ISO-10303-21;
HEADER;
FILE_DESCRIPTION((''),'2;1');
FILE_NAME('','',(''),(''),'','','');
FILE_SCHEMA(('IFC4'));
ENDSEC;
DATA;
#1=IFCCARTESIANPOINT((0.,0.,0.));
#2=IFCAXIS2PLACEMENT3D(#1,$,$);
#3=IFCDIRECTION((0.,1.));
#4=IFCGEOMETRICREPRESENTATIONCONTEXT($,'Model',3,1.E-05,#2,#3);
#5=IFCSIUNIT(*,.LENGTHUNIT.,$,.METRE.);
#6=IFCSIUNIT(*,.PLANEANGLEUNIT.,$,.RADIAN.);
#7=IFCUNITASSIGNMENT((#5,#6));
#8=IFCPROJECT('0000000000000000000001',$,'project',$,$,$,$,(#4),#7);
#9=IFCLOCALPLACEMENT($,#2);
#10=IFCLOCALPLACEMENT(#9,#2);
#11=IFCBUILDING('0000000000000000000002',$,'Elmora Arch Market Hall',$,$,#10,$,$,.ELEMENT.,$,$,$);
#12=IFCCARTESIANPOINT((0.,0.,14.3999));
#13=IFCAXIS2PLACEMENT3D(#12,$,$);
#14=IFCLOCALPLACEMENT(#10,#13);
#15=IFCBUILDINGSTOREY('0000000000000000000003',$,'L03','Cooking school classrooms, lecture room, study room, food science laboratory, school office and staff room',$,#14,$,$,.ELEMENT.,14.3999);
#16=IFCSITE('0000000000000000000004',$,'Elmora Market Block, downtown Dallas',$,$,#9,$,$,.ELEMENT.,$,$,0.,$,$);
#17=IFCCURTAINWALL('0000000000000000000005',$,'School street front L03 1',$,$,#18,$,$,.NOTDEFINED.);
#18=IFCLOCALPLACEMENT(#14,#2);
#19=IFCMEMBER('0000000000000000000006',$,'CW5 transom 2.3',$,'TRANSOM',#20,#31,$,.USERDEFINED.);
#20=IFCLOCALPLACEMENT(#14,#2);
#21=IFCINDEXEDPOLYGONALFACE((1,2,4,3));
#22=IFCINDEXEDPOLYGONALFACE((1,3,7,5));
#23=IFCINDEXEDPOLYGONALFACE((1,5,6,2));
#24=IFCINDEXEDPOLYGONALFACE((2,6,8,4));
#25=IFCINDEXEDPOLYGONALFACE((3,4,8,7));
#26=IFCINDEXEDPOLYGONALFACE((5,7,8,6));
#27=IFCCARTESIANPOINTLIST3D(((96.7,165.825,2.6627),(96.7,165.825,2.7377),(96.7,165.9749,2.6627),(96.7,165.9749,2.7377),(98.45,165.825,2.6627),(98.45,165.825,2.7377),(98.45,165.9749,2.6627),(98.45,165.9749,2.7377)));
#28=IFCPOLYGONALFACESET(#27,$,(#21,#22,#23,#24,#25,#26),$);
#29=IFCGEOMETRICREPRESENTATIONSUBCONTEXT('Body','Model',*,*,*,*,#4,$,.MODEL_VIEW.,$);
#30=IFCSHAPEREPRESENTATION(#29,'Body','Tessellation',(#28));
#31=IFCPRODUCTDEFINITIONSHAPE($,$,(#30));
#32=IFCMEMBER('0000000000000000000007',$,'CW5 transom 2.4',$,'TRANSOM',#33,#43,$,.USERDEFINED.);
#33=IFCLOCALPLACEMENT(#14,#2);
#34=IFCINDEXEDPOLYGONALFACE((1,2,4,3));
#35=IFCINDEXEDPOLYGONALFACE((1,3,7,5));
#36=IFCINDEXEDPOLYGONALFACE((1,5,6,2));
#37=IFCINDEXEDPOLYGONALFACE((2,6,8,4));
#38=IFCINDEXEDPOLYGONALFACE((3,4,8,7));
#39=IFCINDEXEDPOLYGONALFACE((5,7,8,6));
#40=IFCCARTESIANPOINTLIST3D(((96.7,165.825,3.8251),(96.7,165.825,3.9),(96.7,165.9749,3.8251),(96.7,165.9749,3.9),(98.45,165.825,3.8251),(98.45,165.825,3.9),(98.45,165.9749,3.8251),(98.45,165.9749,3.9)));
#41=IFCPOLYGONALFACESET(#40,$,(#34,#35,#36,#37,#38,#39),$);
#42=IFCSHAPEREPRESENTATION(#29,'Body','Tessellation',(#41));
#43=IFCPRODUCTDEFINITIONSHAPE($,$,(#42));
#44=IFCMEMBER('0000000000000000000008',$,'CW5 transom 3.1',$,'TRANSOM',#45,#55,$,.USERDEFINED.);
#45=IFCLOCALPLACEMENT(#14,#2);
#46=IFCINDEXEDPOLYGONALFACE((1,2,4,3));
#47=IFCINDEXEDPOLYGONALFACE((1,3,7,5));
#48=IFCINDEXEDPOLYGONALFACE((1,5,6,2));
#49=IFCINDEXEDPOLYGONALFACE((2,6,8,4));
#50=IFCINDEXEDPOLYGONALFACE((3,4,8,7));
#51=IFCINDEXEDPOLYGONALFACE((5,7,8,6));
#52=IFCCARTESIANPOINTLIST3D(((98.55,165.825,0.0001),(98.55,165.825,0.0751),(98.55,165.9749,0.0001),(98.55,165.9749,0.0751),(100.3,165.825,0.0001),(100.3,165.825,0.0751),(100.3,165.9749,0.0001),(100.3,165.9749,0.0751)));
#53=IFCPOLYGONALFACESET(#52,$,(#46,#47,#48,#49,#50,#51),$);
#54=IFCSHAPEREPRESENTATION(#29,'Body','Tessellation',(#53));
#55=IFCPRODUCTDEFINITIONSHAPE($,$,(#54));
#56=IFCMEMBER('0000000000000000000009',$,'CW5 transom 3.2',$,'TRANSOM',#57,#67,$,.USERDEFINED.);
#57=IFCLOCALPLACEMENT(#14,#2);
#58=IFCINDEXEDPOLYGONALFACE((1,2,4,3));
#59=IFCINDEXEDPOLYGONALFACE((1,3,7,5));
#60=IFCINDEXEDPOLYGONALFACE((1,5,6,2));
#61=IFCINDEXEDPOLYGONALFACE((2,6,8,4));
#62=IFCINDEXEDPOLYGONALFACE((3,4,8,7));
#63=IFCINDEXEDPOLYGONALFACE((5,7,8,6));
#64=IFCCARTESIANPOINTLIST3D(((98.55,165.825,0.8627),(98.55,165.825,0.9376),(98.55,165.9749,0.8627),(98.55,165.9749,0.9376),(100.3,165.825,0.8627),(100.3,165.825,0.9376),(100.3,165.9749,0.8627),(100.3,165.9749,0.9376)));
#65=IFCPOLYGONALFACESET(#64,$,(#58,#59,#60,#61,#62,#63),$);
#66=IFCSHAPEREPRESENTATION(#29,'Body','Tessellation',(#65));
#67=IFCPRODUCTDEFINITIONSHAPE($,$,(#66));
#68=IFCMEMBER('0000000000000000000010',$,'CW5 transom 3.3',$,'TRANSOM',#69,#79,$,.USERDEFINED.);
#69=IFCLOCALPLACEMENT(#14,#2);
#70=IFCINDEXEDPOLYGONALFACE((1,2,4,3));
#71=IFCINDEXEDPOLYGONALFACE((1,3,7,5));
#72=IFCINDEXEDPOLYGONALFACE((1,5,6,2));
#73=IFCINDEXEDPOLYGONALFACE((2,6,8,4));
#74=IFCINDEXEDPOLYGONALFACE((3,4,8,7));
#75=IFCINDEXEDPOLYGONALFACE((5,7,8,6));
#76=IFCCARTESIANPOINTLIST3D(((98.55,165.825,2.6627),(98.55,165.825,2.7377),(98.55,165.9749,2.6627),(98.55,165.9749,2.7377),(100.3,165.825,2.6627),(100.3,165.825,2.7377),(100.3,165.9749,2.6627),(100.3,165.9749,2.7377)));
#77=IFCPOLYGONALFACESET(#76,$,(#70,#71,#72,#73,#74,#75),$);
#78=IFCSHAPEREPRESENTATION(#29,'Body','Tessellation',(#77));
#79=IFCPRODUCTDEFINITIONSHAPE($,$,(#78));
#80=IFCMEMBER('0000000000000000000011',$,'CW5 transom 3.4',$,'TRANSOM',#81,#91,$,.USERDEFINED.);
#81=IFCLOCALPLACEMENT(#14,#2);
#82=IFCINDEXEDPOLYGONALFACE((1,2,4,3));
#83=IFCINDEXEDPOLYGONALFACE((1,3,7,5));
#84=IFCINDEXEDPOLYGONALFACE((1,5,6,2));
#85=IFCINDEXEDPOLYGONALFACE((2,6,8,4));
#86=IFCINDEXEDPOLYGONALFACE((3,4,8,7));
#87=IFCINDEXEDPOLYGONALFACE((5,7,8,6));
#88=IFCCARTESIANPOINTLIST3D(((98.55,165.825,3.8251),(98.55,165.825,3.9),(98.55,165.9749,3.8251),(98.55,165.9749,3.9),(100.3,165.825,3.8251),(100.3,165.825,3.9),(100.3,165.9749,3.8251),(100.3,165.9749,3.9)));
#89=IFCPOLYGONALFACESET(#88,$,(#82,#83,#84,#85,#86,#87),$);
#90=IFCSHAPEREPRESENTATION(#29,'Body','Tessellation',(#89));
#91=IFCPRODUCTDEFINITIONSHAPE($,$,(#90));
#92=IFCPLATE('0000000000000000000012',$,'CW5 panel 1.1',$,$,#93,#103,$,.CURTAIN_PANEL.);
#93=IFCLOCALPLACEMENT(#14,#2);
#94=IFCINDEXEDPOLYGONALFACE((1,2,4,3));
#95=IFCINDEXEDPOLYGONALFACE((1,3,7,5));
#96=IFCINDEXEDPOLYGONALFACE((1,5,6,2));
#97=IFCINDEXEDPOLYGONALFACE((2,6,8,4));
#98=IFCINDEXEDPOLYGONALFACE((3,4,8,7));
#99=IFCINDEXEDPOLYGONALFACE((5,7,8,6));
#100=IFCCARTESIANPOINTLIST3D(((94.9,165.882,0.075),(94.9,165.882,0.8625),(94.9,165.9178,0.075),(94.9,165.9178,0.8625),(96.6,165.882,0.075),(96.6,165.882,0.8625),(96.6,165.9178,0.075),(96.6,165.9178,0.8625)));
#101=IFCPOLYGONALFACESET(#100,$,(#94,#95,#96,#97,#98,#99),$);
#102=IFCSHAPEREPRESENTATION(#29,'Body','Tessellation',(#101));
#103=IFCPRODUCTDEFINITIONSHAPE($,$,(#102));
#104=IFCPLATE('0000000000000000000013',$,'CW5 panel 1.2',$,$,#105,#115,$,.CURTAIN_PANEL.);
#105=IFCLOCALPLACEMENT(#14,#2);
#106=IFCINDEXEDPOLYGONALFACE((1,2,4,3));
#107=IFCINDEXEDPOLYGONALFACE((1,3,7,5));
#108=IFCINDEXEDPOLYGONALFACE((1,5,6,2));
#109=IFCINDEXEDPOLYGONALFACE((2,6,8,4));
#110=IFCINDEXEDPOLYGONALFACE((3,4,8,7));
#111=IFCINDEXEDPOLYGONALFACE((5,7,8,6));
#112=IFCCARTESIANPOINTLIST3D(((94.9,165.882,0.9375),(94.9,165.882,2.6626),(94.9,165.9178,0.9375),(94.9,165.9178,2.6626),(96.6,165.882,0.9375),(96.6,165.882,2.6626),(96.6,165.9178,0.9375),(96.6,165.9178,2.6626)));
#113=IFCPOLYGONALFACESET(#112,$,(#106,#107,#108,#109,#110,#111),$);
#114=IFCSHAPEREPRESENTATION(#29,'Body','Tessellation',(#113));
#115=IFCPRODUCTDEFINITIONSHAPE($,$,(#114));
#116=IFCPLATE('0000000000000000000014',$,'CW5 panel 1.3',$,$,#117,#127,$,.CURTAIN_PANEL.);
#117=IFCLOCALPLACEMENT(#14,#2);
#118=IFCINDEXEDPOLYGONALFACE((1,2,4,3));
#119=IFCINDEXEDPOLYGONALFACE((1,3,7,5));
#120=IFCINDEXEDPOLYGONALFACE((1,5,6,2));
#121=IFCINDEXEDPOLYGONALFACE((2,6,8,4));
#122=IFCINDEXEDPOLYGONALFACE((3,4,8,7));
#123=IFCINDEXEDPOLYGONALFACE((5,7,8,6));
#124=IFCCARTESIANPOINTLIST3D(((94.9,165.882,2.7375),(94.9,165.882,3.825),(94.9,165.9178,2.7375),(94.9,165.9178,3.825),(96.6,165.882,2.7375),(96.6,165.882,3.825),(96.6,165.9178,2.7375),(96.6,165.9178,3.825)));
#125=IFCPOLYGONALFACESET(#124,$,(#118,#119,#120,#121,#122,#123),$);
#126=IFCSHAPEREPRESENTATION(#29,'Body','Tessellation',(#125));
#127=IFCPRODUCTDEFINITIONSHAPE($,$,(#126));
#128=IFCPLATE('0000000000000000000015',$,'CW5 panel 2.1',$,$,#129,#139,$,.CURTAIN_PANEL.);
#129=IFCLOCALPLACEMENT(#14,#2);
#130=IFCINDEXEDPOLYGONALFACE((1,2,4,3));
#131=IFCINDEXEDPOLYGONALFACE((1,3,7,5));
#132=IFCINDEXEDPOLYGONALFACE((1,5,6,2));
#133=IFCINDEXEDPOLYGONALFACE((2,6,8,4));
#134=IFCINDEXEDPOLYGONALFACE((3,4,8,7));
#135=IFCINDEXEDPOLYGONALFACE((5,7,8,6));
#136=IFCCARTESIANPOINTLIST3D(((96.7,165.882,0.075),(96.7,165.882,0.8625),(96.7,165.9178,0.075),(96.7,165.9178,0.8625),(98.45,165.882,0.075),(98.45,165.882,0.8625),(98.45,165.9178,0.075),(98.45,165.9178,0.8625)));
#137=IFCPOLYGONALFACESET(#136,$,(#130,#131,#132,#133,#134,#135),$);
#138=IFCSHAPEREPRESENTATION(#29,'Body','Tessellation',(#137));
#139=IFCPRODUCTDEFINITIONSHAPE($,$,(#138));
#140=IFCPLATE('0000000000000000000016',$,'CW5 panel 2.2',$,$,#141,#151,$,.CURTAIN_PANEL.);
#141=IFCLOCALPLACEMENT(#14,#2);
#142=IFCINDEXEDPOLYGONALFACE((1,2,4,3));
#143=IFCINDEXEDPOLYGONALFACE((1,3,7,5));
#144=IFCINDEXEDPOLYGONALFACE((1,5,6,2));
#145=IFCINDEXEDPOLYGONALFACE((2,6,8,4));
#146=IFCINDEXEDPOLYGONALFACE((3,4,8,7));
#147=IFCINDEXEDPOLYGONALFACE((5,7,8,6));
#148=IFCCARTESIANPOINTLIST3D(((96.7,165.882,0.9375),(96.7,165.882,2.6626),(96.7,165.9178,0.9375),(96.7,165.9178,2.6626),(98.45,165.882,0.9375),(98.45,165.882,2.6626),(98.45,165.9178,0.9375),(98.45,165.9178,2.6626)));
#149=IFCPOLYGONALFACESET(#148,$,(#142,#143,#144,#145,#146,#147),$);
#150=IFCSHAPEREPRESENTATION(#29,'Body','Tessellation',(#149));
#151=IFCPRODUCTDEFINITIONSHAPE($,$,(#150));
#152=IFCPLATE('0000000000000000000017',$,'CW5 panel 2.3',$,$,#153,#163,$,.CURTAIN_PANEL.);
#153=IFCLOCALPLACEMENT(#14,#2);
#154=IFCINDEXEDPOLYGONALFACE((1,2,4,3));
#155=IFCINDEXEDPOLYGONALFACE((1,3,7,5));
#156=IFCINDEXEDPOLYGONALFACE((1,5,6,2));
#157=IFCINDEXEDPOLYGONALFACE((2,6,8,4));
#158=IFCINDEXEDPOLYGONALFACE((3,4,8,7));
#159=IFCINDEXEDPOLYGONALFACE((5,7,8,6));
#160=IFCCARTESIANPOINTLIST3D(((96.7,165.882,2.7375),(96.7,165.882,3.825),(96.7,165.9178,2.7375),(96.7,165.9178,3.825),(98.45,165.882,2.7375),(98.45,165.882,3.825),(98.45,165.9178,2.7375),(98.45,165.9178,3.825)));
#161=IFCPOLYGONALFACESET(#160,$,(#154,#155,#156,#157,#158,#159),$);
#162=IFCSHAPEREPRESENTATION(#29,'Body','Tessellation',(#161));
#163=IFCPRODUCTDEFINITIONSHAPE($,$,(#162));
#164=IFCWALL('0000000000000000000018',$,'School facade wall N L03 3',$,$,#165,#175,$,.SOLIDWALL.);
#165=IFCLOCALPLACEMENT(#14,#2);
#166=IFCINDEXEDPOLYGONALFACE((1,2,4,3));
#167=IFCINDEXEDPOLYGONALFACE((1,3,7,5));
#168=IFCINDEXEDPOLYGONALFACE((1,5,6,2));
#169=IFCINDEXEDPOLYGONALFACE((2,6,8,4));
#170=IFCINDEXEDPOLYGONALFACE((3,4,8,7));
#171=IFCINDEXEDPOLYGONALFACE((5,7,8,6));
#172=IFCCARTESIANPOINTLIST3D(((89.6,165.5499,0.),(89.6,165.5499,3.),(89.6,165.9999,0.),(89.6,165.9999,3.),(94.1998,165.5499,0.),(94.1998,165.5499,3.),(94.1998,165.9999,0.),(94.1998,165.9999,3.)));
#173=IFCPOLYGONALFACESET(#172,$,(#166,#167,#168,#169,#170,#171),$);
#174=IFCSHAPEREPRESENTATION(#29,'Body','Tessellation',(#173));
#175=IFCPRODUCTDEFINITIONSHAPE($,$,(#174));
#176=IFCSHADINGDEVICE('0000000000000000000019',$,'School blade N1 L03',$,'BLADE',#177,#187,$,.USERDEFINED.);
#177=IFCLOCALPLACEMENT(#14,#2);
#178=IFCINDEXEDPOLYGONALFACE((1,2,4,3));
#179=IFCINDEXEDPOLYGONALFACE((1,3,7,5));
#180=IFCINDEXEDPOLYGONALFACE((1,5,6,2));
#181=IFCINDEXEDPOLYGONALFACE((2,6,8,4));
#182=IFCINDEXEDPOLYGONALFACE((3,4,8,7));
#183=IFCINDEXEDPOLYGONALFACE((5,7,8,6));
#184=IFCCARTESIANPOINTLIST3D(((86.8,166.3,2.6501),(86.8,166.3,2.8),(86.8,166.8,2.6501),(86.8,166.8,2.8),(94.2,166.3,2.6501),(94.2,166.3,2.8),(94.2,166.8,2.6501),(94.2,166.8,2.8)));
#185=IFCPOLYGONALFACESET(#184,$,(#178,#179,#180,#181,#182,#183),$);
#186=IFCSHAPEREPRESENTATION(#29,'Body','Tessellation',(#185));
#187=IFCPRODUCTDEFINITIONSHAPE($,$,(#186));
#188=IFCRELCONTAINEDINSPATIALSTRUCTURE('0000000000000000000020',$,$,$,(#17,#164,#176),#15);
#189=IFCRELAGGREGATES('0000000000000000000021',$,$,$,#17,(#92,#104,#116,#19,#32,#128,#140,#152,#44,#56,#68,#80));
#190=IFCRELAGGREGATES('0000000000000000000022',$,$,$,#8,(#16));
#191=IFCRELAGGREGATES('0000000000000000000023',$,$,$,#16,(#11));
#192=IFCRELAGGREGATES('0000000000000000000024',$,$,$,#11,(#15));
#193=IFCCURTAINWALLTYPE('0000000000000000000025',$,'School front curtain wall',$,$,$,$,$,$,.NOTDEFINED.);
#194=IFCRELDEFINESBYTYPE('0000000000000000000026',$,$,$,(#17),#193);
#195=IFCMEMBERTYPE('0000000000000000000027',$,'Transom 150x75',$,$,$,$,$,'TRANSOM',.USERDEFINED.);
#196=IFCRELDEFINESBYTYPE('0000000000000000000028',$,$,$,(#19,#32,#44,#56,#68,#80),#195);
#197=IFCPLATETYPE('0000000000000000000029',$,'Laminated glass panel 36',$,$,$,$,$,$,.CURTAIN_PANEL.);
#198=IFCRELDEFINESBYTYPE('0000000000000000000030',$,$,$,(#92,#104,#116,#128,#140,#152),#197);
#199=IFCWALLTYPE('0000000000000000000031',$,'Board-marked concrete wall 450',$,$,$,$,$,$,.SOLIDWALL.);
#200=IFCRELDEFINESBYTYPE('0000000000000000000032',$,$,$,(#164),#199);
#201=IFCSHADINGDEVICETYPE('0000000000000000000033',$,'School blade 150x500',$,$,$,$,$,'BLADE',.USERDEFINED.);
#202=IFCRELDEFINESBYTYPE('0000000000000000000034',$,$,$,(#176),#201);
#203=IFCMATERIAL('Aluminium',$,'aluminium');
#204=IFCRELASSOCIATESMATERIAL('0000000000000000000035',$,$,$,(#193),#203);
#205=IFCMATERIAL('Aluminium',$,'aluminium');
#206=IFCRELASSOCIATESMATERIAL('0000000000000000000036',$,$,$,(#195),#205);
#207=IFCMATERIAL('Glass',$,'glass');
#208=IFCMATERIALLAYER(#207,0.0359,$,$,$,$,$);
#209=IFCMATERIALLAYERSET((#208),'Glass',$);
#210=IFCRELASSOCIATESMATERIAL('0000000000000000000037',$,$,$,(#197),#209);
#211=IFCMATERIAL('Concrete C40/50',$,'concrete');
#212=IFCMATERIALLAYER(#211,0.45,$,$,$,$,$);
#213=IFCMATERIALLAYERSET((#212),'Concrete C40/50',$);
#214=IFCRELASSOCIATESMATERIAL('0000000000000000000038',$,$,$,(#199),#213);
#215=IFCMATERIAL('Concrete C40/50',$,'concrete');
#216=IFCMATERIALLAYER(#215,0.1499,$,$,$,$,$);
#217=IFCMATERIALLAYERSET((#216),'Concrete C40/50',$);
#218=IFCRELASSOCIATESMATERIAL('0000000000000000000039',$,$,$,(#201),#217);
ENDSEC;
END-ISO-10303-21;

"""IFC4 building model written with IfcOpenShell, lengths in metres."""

from ifc_helpers import new_model, si_unit, direction, frame, frame_2d, origin, origin_2d, place, context, subcontext, project, spatial, rectangle, extrude, material, layer, layer_set, material_profile, profile_set, type_object, element, aggregate, save


model = new_model("IFC4")

# Units and contexts
model_context = context("Model", 3, precision=1e-05, world=origin(), true_north=direction((0.0, 1.0)))
body_context = subcontext(model_context, "Body", "Model", "MODEL_VIEW")
ifc_project = project(units=[si_unit("LENGTHUNIT", "METRE"), si_unit("PLANEANGLEUNIT", "RADIAN")], contexts=[model_context])

# Site, building, storey
site_placement = place(None, origin())
site = spatial("IfcSite", under=ifc_project, at=site_placement, Name="Elmora Market Block, downtown Dallas", CompositionType="ELEMENT", RefElevation=0.0)
building_placement = place(site_placement, origin())
building = spatial("IfcBuilding", under=site, at=building_placement, Name="Elmora Arch Market Hall", CompositionType="ELEMENT")
storey_placement = place(building_placement, frame((0.0, 0.0, 14.3999)))
storey = spatial("IfcBuildingStorey", under=building, at=storey_placement, Name="L03", Description="Cooking school classrooms, lecture room, study room, food science laboratory, school office and staff room", CompositionType="ELEMENT", Elevation=14.3999)

# Curtain wall
ifc_material_1 = material(Name="Aluminium", Category="aluminium")
curtain_wall_type = type_object("IfcCurtainWallType", Name="School front curtain wall", PredefinedType="NOTDEFINED", material=ifc_material_1)
curtain_wall_placement = place(storey_placement, origin())
curtain_wall = element("IfcCurtainWall", 1, at=curtain_wall_placement, inside=storey, type_object=curtain_wall_type, Name="School street front L03 1", PredefinedType="NOTDEFINED")

# Members
ifc_material_2 = material(Name="Aluminium", Category="aluminium")
ifc_material_profile_1 = material_profile(ifc_material_2, rectangle(XDim=0.1499, YDim=0.075, at=origin_2d()), Name="AL 150x75")
ifc_profile_set_1 = profile_set([ifc_material_profile_1], Name="Aluminium")
member_type_1 = type_object("IfcMemberType", Name="Transom 150x75", ElementType="TRANSOM", PredefinedType="USERDEFINED", material=ifc_profile_set_1)
member_1_placement = place(storey_placement, frame((96.7, 165.8999, 2.7002), z_axis=(1.0, 0.0, 0.0), x_axis=(0.0, 1.0, 0.0)))
member_1 = element("IfcMember", 2, at=member_1_placement, type_object=member_type_1, Name="CW5 transom 2.3", ObjectType="TRANSOM", PredefinedType="USERDEFINED", context=body_context, shape_type="SweptSolid", body=[
    extrude(rectangle(XDim=0.1499, YDim=0.075, at=origin_2d()), origin(), (0.0, 0.0, 1.0), 1.75),
])
member_2_placement = place(storey_placement, frame((96.7, 165.8999, 3.8625), z_axis=(1.0, 0.0, 0.0), x_axis=(0.0, 1.0, 0.0)))
member_2 = element("IfcMember", 3, at=member_2_placement, type_object=member_type_1, Name="CW5 transom 2.4", ObjectType="TRANSOM", PredefinedType="USERDEFINED", context=body_context, shape_type="SweptSolid", body=[
    extrude(rectangle(XDim=0.1499, YDim=0.075, at=origin_2d()), origin(), (0.0, 0.0, 1.0), 1.75),
])
member_3_placement = place(storey_placement, frame((98.55, 165.8999, 0.0376), z_axis=(1.0, 0.0, 0.0), x_axis=(0.0, 1.0, 0.0)))
member_3 = element("IfcMember", 4, at=member_3_placement, type_object=member_type_1, Name="CW5 transom 3.1", ObjectType="TRANSOM", PredefinedType="USERDEFINED", context=body_context, shape_type="SweptSolid", body=[
    extrude(rectangle(XDim=0.1499, YDim=0.075, at=origin_2d()), origin(), (0.0, 0.0, 1.0), 1.75),
])
member_4_placement = place(storey_placement, frame((98.55, 165.8999, 0.9001), z_axis=(1.0, 0.0, 0.0), x_axis=(0.0, 1.0, 0.0)))
member_4 = element("IfcMember", 5, at=member_4_placement, type_object=member_type_1, Name="CW5 transom 3.2", ObjectType="TRANSOM", PredefinedType="USERDEFINED", context=body_context, shape_type="SweptSolid", body=[
    extrude(rectangle(XDim=0.1499, YDim=0.075, at=origin_2d()), origin(), (0.0, 0.0, 1.0), 1.75),
])
member_5_placement = place(storey_placement, frame((98.55, 165.8999, 2.7002), z_axis=(1.0, 0.0, 0.0), x_axis=(0.0, 1.0, 0.0)))
member_5 = element("IfcMember", 6, at=member_5_placement, type_object=member_type_1, Name="CW5 transom 3.3", ObjectType="TRANSOM", PredefinedType="USERDEFINED", context=body_context, shape_type="SweptSolid", body=[
    extrude(rectangle(XDim=0.1499, YDim=0.075, at=origin_2d()), origin(), (0.0, 0.0, 1.0), 1.75),
])
member_6_placement = place(storey_placement, frame((98.55, 165.8999, 3.8625), z_axis=(1.0, 0.0, 0.0), x_axis=(0.0, 1.0, 0.0)))
member_6 = element("IfcMember", 7, at=member_6_placement, type_object=member_type_1, Name="CW5 transom 3.4", ObjectType="TRANSOM", PredefinedType="USERDEFINED", context=body_context, shape_type="SweptSolid", body=[
    extrude(rectangle(XDim=0.1499, YDim=0.075, at=origin_2d()), origin(), (0.0, 0.0, 1.0), 1.75),
])

# Plates
ifc_material_3 = material(Name="Glass", Category="glass")
ifc_layer_1 = layer(ifc_material_3, 0.0359)
ifc_layer_set_1 = layer_set([ifc_layer_1], Name="Glass")
plate_type = type_object("IfcPlateType", Name="Laminated glass panel 36", PredefinedType="CURTAIN_PANEL", material=ifc_layer_set_1)
plate_1_placement = place(storey_placement, frame((95.75, 165.8999, 0.075), z_axis=(0.0, 0.0, 1.0), x_axis=(1.0, 0.0, 0.0)))
plate_1 = element("IfcPlate", 8, at=plate_1_placement, type_object=plate_type, Name="CW5 panel 1.1", PredefinedType="CURTAIN_PANEL", context=body_context, shape_type="SweptSolid", body=[
    extrude(rectangle(XDim=1.7, YDim=0.0359, at=origin_2d()), origin(), (0.0, 0.0, 1.0), 0.7876),
])
plate_2_placement = place(storey_placement, frame((95.75, 165.8999, 0.9375), z_axis=(0.0, 0.0, 1.0), x_axis=(1.0, 0.0, 0.0)))
plate_2 = element("IfcPlate", 9, at=plate_2_placement, type_object=plate_type, Name="CW5 panel 1.2", PredefinedType="CURTAIN_PANEL", context=body_context, shape_type="SweptSolid", body=[
    extrude(rectangle(XDim=1.7, YDim=0.0359, at=origin_2d()), origin(), (0.0, 0.0, 1.0), 1.7251),
])
plate_3_placement = place(storey_placement, frame((95.75, 165.8999, 2.7375), z_axis=(0.0, 0.0, 1.0), x_axis=(1.0, 0.0, 0.0)))
plate_3 = element("IfcPlate", 10, at=plate_3_placement, type_object=plate_type, Name="CW5 panel 1.3", PredefinedType="CURTAIN_PANEL", context=body_context, shape_type="SweptSolid", body=[
    extrude(rectangle(XDim=1.7, YDim=0.0359, at=origin_2d()), origin(), (0.0, 0.0, 1.0), 1.0874),
])
plate_4_placement = place(storey_placement, frame((97.575, 165.8999, 0.075), z_axis=(0.0, 0.0, 1.0), x_axis=(1.0, 0.0, 0.0)))
plate_4 = element("IfcPlate", 11, at=plate_4_placement, type_object=plate_type, Name="CW5 panel 2.1", PredefinedType="CURTAIN_PANEL", context=body_context, shape_type="SweptSolid", body=[
    extrude(rectangle(XDim=1.75, YDim=0.0359, at=origin_2d()), origin(), (0.0, 0.0, 1.0), 0.7876),
])
plate_5_placement = place(storey_placement, frame((97.575, 165.8999, 0.9375), z_axis=(0.0, 0.0, 1.0), x_axis=(1.0, 0.0, 0.0)))
plate_5 = element("IfcPlate", 12, at=plate_5_placement, type_object=plate_type, Name="CW5 panel 2.2", PredefinedType="CURTAIN_PANEL", context=body_context, shape_type="SweptSolid", body=[
    extrude(rectangle(XDim=1.75, YDim=0.0359, at=origin_2d()), origin(), (0.0, 0.0, 1.0), 1.7251),
])
plate_6_placement = place(storey_placement, frame((97.575, 165.8999, 2.7375), z_axis=(0.0, 0.0, 1.0), x_axis=(1.0, 0.0, 0.0)))
plate_6 = element("IfcPlate", 13, at=plate_6_placement, type_object=plate_type, Name="CW5 panel 2.3", PredefinedType="CURTAIN_PANEL", context=body_context, shape_type="SweptSolid", body=[
    extrude(rectangle(XDim=1.75, YDim=0.0359, at=origin_2d()), origin(), (0.0, 0.0, 1.0), 1.0874),
])
aggregate(curtain_wall, [plate_1, plate_2, plate_3, member_1, member_2, plate_4, plate_5, plate_6, member_3, member_4, member_5, member_6])

# Wall
ifc_material_4 = material(Name="Concrete C40/50", Category="concrete")
ifc_layer_2 = layer(ifc_material_4, 0.45)
ifc_layer_set_2 = layer_set([ifc_layer_2], Name="Concrete C40/50")
wall_type = type_object("IfcWallType", Name="Board-marked concrete wall 450", PredefinedType="SOLIDWALL", material=ifc_layer_set_2)
wall_placement = place(storey_placement, frame((89.6001, 165.7749, 0.0), z_axis=(0.0, 0.0, 1.0), x_axis=(1.0, 0.0, 0.0)))
element("IfcWall", 14, at=wall_placement, inside=storey, type_object=wall_type, Name="School facade wall N L03 3", PredefinedType="SOLIDWALL", context=body_context, shape_type="SweptSolid", body=[
    extrude(rectangle(XDim=4.5999, YDim=0.45, at=frame_2d((2.2998, 0.0))), origin(), (0.0, 0.0, 1.0), 3.0),
])

# Shading device
ifc_material_5 = material(Name="Concrete C40/50", Category="concrete")
ifc_layer_3 = layer(ifc_material_5, 0.1499)
ifc_layer_set_3 = layer_set([ifc_layer_3], Name="Concrete C40/50")
shading_device_type_1 = type_object("IfcShadingDeviceType", Name="School blade 150x500", ElementType="BLADE", PredefinedType="USERDEFINED", material=ifc_layer_set_3)
for number, where, z_axis, x_axis, name in (
    (15, (90.5, 166.55, 2.6501), (0.0, 0.0, 1.0), (1.0, 0.0, 0.0), "School blade N1 L03"),
):
    element("IfcShadingDevice", number, at=place(storey_placement, frame(where, z_axis=z_axis, x_axis=x_axis)), inside=storey, type_object=shading_device_type_1, Name=name, ObjectType="BLADE", PredefinedType="USERDEFINED", context=body_context, shape_type="SweptSolid", body=[
        extrude(rectangle(XDim=7.3999, YDim=0.5, at=origin_2d()), origin(), (0.0, 0.0, 1.0), 0.1499),
    ])

save(model, "model.ifc")
